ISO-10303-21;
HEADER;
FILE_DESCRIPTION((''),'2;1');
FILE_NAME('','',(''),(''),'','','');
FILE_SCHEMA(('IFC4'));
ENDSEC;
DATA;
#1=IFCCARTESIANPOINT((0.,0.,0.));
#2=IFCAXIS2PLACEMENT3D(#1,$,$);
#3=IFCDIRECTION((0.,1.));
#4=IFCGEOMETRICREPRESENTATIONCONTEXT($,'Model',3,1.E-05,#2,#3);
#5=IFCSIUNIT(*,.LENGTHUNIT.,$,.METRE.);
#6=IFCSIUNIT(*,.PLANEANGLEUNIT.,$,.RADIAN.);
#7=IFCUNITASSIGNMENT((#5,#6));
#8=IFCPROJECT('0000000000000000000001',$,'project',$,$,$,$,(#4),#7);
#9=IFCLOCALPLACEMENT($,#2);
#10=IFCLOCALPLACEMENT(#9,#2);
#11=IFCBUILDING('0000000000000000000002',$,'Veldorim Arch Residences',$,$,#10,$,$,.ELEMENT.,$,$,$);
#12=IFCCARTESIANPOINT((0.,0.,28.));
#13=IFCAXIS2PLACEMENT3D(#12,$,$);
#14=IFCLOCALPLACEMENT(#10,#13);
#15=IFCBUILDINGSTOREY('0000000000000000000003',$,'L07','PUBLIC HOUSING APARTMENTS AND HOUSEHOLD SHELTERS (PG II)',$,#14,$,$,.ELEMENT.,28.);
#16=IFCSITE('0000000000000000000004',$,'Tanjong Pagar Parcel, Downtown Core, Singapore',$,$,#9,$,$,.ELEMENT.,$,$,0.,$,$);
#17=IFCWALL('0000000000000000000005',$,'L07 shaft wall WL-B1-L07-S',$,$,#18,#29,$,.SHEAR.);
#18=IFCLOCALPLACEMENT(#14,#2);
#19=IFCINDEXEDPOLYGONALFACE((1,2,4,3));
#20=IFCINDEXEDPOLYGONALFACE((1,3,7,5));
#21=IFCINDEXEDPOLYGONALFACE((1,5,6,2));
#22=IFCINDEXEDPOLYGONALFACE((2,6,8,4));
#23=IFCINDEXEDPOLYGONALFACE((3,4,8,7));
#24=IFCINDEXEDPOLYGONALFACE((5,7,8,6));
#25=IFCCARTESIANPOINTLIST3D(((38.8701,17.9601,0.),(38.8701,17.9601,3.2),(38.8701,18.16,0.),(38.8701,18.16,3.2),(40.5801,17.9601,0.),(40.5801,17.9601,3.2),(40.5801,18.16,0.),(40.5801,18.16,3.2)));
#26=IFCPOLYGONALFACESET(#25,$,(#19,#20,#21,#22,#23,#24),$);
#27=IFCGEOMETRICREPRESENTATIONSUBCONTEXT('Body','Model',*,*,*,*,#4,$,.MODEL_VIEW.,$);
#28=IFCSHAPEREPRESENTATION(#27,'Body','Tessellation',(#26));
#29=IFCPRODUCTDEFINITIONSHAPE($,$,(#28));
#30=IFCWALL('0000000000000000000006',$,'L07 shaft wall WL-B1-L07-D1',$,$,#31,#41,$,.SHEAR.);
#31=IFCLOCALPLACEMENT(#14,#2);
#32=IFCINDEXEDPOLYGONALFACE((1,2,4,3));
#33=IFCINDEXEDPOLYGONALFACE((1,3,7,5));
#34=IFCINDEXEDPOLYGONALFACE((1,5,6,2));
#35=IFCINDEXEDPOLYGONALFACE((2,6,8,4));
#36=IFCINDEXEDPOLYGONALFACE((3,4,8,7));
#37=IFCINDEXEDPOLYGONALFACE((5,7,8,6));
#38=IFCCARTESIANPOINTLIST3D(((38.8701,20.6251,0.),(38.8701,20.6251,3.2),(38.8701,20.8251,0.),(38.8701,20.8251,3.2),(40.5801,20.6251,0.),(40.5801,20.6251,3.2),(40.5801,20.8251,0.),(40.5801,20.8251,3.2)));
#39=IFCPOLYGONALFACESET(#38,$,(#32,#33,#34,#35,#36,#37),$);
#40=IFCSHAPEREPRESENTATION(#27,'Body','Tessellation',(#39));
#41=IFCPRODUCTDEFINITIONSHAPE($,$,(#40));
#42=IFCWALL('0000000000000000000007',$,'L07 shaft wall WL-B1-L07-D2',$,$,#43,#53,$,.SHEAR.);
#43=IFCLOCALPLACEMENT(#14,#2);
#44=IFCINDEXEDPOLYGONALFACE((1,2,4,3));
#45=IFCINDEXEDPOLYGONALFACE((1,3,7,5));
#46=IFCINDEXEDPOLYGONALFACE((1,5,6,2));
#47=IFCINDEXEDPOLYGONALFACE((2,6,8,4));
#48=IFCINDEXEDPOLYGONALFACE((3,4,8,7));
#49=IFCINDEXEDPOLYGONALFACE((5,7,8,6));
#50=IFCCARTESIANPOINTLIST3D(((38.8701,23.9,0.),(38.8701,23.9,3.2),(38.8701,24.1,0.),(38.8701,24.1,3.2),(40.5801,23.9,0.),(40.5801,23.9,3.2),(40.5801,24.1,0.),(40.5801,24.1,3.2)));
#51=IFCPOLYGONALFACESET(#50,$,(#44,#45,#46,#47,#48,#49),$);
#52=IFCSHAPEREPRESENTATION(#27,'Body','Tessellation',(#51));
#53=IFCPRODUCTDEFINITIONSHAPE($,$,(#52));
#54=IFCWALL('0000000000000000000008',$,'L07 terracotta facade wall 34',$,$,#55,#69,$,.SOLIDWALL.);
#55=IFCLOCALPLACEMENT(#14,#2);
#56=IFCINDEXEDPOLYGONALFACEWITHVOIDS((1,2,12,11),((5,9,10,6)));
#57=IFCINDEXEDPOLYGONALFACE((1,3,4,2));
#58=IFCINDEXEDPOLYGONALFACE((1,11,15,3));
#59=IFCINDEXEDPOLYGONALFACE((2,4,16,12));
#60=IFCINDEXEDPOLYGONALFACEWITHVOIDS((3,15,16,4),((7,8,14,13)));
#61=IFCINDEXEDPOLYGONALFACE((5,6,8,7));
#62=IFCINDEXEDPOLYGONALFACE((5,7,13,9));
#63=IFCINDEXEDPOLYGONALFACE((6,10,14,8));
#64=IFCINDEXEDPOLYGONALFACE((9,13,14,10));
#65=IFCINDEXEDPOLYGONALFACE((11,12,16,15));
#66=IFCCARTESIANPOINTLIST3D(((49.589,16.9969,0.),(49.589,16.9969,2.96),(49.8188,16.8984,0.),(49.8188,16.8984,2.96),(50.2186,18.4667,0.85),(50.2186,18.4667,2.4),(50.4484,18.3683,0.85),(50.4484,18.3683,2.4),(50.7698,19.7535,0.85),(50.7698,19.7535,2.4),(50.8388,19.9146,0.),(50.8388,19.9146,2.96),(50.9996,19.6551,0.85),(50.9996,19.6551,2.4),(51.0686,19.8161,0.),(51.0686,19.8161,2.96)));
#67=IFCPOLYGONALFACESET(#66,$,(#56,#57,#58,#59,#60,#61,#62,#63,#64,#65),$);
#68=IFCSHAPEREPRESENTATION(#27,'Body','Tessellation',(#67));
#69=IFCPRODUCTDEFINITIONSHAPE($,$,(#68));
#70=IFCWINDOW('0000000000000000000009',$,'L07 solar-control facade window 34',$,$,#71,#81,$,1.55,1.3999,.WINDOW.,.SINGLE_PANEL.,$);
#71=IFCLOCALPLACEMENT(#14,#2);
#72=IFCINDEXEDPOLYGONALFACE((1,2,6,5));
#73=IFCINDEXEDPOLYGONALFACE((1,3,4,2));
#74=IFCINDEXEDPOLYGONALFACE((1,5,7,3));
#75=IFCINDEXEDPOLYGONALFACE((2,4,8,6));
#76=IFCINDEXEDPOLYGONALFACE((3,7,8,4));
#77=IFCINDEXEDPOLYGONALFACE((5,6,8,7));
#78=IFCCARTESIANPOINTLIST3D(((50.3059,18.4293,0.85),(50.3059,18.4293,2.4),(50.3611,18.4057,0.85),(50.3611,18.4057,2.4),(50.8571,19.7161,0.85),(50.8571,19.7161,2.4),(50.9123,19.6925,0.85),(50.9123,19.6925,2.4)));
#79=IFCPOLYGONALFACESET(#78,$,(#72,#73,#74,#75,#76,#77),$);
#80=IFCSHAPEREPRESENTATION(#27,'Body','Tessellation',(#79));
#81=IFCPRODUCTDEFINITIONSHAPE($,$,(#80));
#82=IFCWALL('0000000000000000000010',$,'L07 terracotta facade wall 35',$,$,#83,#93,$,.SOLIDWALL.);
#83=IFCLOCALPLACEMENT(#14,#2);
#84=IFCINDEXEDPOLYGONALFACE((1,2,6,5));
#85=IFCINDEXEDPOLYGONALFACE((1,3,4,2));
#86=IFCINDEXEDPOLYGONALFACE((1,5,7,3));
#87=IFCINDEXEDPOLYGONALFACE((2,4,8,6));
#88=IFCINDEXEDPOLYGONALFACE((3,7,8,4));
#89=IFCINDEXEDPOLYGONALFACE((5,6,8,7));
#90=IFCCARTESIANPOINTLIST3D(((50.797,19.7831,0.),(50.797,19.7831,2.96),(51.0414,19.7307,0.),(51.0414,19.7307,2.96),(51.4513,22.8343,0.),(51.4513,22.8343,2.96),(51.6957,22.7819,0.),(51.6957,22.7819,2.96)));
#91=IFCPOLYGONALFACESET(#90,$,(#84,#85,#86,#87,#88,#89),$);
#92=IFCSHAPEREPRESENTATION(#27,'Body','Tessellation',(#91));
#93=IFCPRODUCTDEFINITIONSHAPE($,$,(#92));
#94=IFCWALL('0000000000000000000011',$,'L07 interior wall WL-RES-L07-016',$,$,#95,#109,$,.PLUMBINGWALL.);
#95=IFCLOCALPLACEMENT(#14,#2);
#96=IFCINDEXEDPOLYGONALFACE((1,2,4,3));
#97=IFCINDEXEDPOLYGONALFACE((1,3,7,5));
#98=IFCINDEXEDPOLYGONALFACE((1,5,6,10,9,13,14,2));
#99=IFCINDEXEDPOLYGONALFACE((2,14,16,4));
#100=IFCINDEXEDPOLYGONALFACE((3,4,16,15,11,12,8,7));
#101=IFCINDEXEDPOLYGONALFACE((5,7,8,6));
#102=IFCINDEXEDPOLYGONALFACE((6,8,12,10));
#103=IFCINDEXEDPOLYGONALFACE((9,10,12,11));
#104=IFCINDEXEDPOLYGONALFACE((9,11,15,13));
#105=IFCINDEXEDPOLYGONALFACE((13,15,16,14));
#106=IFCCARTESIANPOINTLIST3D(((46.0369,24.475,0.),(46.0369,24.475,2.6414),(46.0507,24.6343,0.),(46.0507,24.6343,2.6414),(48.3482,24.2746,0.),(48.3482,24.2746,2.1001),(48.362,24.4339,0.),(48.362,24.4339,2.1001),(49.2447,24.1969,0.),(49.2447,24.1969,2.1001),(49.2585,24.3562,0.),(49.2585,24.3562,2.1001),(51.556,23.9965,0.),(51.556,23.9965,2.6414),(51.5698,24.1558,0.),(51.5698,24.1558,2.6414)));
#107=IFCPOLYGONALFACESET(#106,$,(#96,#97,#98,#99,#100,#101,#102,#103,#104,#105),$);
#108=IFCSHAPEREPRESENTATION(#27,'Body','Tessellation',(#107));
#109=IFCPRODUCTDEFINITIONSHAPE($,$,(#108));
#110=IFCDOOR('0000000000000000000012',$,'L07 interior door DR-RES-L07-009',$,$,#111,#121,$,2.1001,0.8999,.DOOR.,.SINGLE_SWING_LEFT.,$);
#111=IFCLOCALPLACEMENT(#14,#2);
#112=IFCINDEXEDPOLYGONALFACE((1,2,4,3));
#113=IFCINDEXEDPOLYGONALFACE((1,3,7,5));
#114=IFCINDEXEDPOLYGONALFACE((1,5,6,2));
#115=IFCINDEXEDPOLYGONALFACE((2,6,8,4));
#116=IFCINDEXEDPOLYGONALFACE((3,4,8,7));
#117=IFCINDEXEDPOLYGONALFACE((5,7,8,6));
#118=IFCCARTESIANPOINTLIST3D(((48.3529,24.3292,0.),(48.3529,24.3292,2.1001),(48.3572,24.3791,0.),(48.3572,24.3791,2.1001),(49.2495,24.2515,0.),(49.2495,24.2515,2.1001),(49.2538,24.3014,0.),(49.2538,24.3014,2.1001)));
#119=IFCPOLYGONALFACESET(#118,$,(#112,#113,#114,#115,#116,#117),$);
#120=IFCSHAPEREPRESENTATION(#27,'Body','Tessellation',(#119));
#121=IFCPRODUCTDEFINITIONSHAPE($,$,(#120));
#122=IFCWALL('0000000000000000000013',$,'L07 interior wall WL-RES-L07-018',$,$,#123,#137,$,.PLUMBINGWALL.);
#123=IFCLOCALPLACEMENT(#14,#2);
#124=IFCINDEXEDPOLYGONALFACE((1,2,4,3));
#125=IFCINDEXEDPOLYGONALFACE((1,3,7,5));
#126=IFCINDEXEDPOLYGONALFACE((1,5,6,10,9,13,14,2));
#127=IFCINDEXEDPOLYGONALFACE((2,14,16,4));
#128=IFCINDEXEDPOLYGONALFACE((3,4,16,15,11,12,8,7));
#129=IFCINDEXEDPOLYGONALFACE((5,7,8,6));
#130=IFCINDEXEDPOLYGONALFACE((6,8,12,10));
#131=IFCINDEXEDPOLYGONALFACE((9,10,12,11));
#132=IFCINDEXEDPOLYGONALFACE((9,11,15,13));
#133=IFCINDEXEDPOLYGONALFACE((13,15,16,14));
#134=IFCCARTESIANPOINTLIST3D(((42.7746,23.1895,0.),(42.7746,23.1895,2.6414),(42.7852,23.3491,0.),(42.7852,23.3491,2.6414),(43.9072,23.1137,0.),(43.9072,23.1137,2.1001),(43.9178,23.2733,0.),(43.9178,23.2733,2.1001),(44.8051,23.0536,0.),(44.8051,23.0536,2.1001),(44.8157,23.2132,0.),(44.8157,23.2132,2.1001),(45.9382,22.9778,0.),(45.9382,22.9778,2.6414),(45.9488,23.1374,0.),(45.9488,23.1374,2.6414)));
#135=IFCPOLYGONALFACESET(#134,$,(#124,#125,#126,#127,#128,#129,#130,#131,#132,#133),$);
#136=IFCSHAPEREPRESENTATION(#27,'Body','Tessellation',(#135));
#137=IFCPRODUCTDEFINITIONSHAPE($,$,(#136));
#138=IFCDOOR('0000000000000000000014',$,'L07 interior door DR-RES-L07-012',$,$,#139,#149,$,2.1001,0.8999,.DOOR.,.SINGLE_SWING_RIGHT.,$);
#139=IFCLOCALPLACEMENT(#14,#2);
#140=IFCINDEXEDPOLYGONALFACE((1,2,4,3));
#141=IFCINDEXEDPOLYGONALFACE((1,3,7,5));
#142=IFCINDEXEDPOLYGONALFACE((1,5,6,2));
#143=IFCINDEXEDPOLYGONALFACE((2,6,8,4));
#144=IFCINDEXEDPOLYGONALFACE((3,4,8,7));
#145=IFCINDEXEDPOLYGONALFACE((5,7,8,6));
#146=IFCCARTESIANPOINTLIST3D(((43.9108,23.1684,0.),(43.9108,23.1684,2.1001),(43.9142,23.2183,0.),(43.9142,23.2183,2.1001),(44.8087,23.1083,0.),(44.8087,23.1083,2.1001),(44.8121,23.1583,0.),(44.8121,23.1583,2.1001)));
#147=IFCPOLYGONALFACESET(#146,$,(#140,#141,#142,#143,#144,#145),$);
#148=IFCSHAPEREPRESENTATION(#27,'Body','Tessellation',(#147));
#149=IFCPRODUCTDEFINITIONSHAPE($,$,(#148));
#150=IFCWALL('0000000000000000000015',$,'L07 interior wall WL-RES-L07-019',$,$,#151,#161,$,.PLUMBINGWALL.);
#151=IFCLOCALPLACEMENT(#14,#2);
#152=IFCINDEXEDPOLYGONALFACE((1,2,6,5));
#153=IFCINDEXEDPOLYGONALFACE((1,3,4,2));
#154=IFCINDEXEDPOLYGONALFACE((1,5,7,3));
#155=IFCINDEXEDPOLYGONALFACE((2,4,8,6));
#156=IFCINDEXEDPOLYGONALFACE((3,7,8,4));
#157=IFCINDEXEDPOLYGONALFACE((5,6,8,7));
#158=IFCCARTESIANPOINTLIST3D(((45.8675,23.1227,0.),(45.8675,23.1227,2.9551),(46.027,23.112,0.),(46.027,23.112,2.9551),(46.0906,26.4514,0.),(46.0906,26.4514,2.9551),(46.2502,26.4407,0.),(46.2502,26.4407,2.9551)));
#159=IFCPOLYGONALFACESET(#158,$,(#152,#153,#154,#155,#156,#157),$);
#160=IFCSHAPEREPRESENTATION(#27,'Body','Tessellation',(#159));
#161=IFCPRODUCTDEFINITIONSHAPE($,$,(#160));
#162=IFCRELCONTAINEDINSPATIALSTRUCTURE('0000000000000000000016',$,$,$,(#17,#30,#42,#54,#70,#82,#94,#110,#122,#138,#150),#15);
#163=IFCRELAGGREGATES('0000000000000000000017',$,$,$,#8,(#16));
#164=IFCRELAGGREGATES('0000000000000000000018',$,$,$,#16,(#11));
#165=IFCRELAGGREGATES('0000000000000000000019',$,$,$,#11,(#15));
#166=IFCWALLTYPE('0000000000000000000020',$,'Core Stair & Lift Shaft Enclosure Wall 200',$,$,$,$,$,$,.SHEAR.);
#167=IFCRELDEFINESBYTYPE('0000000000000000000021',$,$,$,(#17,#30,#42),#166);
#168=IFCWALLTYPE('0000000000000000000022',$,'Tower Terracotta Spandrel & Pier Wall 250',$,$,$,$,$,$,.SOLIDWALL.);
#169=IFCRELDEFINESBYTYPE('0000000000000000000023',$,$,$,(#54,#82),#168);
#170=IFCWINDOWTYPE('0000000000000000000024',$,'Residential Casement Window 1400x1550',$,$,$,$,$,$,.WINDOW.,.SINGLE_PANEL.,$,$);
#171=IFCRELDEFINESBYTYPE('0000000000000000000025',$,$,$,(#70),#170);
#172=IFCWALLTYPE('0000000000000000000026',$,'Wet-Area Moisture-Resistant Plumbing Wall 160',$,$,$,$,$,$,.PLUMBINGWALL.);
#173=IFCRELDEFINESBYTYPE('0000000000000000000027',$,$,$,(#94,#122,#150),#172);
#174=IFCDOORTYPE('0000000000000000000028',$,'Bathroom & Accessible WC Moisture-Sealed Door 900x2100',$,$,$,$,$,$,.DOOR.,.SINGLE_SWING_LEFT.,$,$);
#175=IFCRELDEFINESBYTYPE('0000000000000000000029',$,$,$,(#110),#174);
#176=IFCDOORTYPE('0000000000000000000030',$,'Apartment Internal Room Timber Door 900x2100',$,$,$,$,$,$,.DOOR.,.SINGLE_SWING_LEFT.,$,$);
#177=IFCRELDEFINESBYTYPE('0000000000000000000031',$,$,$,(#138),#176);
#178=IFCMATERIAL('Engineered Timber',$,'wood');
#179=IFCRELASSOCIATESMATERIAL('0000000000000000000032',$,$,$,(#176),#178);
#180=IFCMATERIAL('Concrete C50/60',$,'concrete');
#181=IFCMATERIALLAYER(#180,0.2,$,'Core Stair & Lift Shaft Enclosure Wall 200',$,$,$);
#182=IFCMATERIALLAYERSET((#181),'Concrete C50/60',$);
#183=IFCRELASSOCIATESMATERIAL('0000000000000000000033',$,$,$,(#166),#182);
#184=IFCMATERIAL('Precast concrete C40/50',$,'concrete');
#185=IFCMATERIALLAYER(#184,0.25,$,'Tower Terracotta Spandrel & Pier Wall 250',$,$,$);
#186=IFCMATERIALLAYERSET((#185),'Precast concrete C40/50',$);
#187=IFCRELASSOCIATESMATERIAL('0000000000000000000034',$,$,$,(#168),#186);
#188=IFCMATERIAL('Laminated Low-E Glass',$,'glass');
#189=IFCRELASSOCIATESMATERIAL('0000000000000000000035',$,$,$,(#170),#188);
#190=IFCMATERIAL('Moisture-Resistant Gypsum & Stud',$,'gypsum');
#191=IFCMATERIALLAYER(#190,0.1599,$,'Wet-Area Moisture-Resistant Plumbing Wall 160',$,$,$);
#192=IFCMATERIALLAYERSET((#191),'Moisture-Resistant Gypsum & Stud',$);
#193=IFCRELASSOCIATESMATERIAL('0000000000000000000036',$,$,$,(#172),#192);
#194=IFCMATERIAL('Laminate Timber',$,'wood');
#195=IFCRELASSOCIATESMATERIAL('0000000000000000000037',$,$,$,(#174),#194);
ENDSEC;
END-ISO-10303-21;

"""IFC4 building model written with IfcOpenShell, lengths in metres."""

from ifc_helpers import new_model, si_unit, direction, frame, frame_2d, origin, place, context, subcontext, project, spatial, rectangle, extrude, material, layer, layer_set, type_object, element, fill, save


model = new_model("IFC4")

# Units and contexts
model_context = context("Model", 3, precision=1e-05, world=origin(), true_north=direction((0.0, 1.0)))
body_context = subcontext(model_context, "Body", "Model", "MODEL_VIEW")
ifc_project = project(units=[si_unit("LENGTHUNIT", "METRE"), si_unit("PLANEANGLEUNIT", "RADIAN")], contexts=[model_context])

# Site, building, storey
site_placement = place(None, origin())
site = spatial("IfcSite", under=ifc_project, at=site_placement, Name="Tanjong Pagar Parcel, Downtown Core, Singapore", CompositionType="ELEMENT", RefElevation=0.0)
building_placement = place(site_placement, origin())
building = spatial("IfcBuilding", under=site, at=building_placement, Name="Veldorim Arch Residences", CompositionType="ELEMENT")
storey_placement = place(building_placement, frame((0.0, 0.0, 28.0)))
storey = spatial("IfcBuildingStorey", under=building, at=storey_placement, Name="L07", Description="PUBLIC HOUSING APARTMENTS AND HOUSEHOLD SHELTERS (PG II)", CompositionType="ELEMENT", Elevation=28.0)

# Shared definitions
ifc_material_1 = material(Name="Engineered Timber", Category="wood")
door_type_1 = type_object("IfcDoorType", Name="Apartment Internal Room Timber Door 900x2100", OperationType="SINGLE_SWING_LEFT", PredefinedType="DOOR", material=ifc_material_1)

# Walls
ifc_material_2 = material(Name="Concrete C50/60", Category="concrete")
ifc_layer_1 = layer(ifc_material_2, 0.2, Name="Core Stair & Lift Shaft Enclosure Wall 200")
ifc_layer_set_1 = layer_set([ifc_layer_1], Name="Concrete C50/60")
wall_type_1 = type_object("IfcWallType", Name="Core Stair & Lift Shaft Enclosure Wall 200", PredefinedType="SHEAR", material=ifc_layer_set_1)
for number, where, z_axis, x_axis, name in (
    (1, (38.8701, 18.0601, 0.0), (0.0, 0.0, 1.0), (1.0, 0.0, 0.0), "L07 shaft wall WL-B1-L07-S"),
    (2, (38.8701, 20.7251, 0.0), (0.0, 0.0, 1.0), (1.0, 0.0, 0.0), "L07 shaft wall WL-B1-L07-D1"),
    (3, (38.8701, 24.0, 0.0), (0.0, 0.0, 1.0), (1.0, 0.0, 0.0), "L07 shaft wall WL-B1-L07-D2"),
):
    element("IfcWall", number, at=place(storey_placement, frame(where, z_axis=z_axis, x_axis=x_axis)), inside=storey, type_object=wall_type_1, Name=name, PredefinedType="SHEAR", context=body_context, shape_type="SweptSolid", body=[
        extrude(rectangle(XDim=1.71, YDim=0.2, at=frame_2d((0.855, 0.0))), origin(), (0.0, 0.0, 1.0), 3.2),
    ])

# Wall, opening, window
ifc_material_3 = material(Name="Precast concrete C40/50", Category="concrete")
ifc_layer_2 = layer(ifc_material_3, 0.25, Name="Tower Terracotta Spandrel & Pier Wall 250")
ifc_layer_set_2 = layer_set([ifc_layer_2], Name="Precast concrete C40/50")
wall_type_2 = type_object("IfcWallType", Name="Tower Terracotta Spandrel & Pier Wall 250", PredefinedType="SOLIDWALL", material=ifc_layer_set_2)
wall_1_placement = place(storey_placement, frame((50.9536, 19.8652, 0.0), z_axis=(0.0, 0.0, 1.0), x_axis=(-0.393734, -0.919225, 0.0)))
wall_1 = element("IfcWall", 4, at=wall_1_placement, inside=storey, type_object=wall_type_2, Name="L07 terracotta facade wall 34", PredefinedType="SOLIDWALL", context=body_context, shape_type="SweptSolid", body=[
    extrude(rectangle(XDim=3.1741, YDim=0.25, at=frame_2d((1.5869, 0.0))), origin(), (0.0, 0.0, 1.0), 2.96),
])
opening_1_placement = place(wall_1_placement, frame((0.175, 0.0, 0.8501)))
opening_1 = element("IfcOpeningElement", 5, at=opening_1_placement, cuts=wall_1, PredefinedType="OPENING", context=body_context, shape_type="SweptSolid", body=[
    extrude(rectangle(XDim=1.3999, YDim=1.55, at=frame_2d((0.7, 0.7749))), frame((0.0, 0.135, 0.0), z_axis=(0.0, -1.0, 0.0), x_axis=(1.0, 0.0, 0.0)), (0.0, 0.0, 1.0), 0.27),
])
ifc_material_4 = material(Name="Laminated Low-E Glass", Category="glass")
window_type = type_object("IfcWindowType", Name="Residential Casement Window 1400x1550", PartitioningType="SINGLE_PANEL", PredefinedType="WINDOW", material=ifc_material_4)
window_placement = place(opening_1_placement, origin())
window = element("IfcWindow", 6, at=window_placement, inside=storey, type_object=window_type, Name="L07 solar-control facade window 34", OverallHeight=1.55, OverallWidth=1.3999, PartitioningType="SINGLE_PANEL", PredefinedType="WINDOW", context=body_context, shape_type="SweptSolid", body=[
    extrude(rectangle(XDim=1.3999, YDim=1.55, at=frame_2d((0.7, 0.7749))), frame((0.0, 0.03, 0.0), z_axis=(0.0, -1.0, 0.0), x_axis=(1.0, 0.0, 0.0)), (0.0, 0.0, 1.0), 0.0601),
])
fill(opening_1, window)

# Wall
wall_2_placement = place(storey_placement, frame((51.5735, 22.8081, 0.0), z_axis=(0.0, 0.0, 1.0), x_axis=(-0.209668, -0.977773, 0.0)))
element("IfcWall", 7, at=wall_2_placement, inside=storey, type_object=wall_type_2, Name="L07 terracotta facade wall 35", PredefinedType="SOLIDWALL", context=body_context, shape_type="SweptSolid", body=[
    extrude(rectangle(XDim=3.1206, YDim=0.25, at=frame_2d((1.5603, 0.0))), origin(), (0.0, 0.0, 1.0), 2.96),
])

# Walls, openings, doors
ifc_material_5 = material(Name="Moisture-Resistant Gypsum & Stud", Category="gypsum")
ifc_layer_3 = layer(ifc_material_5, 0.1599, Name="Wet-Area Moisture-Resistant Plumbing Wall 160")
ifc_layer_set_3 = layer_set([ifc_layer_3], Name="Moisture-Resistant Gypsum & Stud")
wall_type_3 = type_object("IfcWallType", Name="Wet-Area Moisture-Resistant Plumbing Wall 160", PredefinedType="PLUMBINGWALL", material=ifc_layer_set_3)
wall_3_placement = place(storey_placement, frame((46.0437, 24.5547, 0.0), z_axis=(0.0, 0.0, 1.0), x_axis=(0.996262, -0.086379, 0.0)))
wall_3 = element("IfcWall", 8, at=wall_3_placement, inside=storey, type_object=wall_type_3, Name="L07 interior wall WL-RES-L07-016", PredefinedType="PLUMBINGWALL", context=body_context, shape_type="SweptSolid", body=[
    extrude(rectangle(XDim=5.5398, YDim=0.1599, at=frame_2d((2.77, 0.0))), origin(), (0.0, 0.0, 1.0), 2.6414),
])
opening_2_placement = place(wall_3_placement, frame((2.3201, 0.0, 0.0)))
opening_2 = element("IfcOpeningElement", 9, at=opening_2_placement, cuts=wall_3, PredefinedType="OPENING", context=body_context, shape_type="SweptSolid", body=[
    extrude(rectangle(XDim=0.8999, YDim=2.1001, at=frame_2d((0.45, 1.05))), frame((0.0, 0.0898, 0.0), z_axis=(0.0, -1.0, 0.0), x_axis=(1.0, 0.0, 0.0)), (0.0, 0.0, 1.0), 0.1799),
])
ifc_material_6 = material(Name="Laminate Timber", Category="wood")
door_type_2 = type_object("IfcDoorType", Name="Bathroom & Accessible WC Moisture-Sealed Door 900x2100", OperationType="SINGLE_SWING_LEFT", PredefinedType="DOOR", material=ifc_material_6)
door_1_placement = place(opening_2_placement, origin())
door_1 = element("IfcDoor", 10, at=door_1_placement, inside=storey, type_object=door_type_2, Name="L07 interior door DR-RES-L07-009", OperationType="SINGLE_SWING_LEFT", OverallHeight=2.1001, OverallWidth=0.8999, PredefinedType="DOOR", context=body_context, shape_type="SweptSolid", body=[
    extrude(rectangle(XDim=0.8999, YDim=2.1001, at=frame_2d((0.45, 1.05))), frame((0.0, 0.0249, 0.0), z_axis=(0.0, -1.0, 0.0), x_axis=(1.0, 0.0, 0.0)), (0.0, 0.0, 1.0), 0.05),
])
fill(opening_2, door_1)
wall_4_placement = place(storey_placement, frame((42.7798, 23.2693, 0.0), z_axis=(0.0, 0.0, 1.0), x_axis=(0.997769, -0.066759, 0.0)))
wall_4 = element("IfcWall", 11, at=wall_4_placement, inside=storey, type_object=wall_type_3, Name="L07 interior wall WL-RES-L07-018", PredefinedType="PLUMBINGWALL", context=body_context, shape_type="SweptSolid", body=[
    extrude(rectangle(XDim=3.1707, YDim=0.1599, at=frame_2d((1.5854, 0.0))), origin(), (0.0, 0.0, 1.0), 2.6414),
])
opening_3_placement = place(wall_4_placement, frame((1.1353, 0.0, 0.0)))
opening_3 = element("IfcOpeningElement", 12, at=opening_3_placement, cuts=wall_4, PredefinedType="OPENING", context=body_context, shape_type="SweptSolid", body=[
    extrude(rectangle(XDim=0.8999, YDim=2.1001, at=frame_2d((0.45, 1.05))), frame((0.0, 0.0898, 0.0), z_axis=(0.0, -1.0, 0.0), x_axis=(1.0, 0.0, 0.0)), (0.0, 0.0, 1.0), 0.1799),
])
door_2_placement = place(opening_3_placement, origin())
door_2 = element("IfcDoor", 13, at=door_2_placement, inside=storey, type_object=door_type_1, Name="L07 interior door DR-RES-L07-012", OperationType="SINGLE_SWING_RIGHT", OverallHeight=2.1001, OverallWidth=0.8999, PredefinedType="DOOR", context=body_context, shape_type="SweptSolid", body=[
    extrude(rectangle(XDim=0.8999, YDim=2.1001, at=frame_2d((0.45, 1.05))), frame((0.0, 0.0249, 0.0), z_axis=(0.0, -1.0, 0.0), x_axis=(1.0, 0.0, 0.0)), (0.0, 0.0, 1.0), 0.05),
])
fill(opening_3, door_2)

# Wall
wall_5_placement = place(storey_placement, frame((45.9473, 23.1174, 0.0), z_axis=(0.0, 0.0, 1.0), x_axis=(0.066888, 0.99776, 0.0)))
element("IfcWall", 14, at=wall_5_placement, inside=storey, type_object=wall_type_3, Name="L07 interior wall WL-RES-L07-019", PredefinedType="PLUMBINGWALL", context=body_context, shape_type="SweptSolid", body=[
    extrude(rectangle(XDim=3.3362, YDim=0.1599, at=frame_2d((1.668, 0.0))), origin(), (0.0, 0.0, 1.0), 2.9551),
])

save(model, "model.ifc")
